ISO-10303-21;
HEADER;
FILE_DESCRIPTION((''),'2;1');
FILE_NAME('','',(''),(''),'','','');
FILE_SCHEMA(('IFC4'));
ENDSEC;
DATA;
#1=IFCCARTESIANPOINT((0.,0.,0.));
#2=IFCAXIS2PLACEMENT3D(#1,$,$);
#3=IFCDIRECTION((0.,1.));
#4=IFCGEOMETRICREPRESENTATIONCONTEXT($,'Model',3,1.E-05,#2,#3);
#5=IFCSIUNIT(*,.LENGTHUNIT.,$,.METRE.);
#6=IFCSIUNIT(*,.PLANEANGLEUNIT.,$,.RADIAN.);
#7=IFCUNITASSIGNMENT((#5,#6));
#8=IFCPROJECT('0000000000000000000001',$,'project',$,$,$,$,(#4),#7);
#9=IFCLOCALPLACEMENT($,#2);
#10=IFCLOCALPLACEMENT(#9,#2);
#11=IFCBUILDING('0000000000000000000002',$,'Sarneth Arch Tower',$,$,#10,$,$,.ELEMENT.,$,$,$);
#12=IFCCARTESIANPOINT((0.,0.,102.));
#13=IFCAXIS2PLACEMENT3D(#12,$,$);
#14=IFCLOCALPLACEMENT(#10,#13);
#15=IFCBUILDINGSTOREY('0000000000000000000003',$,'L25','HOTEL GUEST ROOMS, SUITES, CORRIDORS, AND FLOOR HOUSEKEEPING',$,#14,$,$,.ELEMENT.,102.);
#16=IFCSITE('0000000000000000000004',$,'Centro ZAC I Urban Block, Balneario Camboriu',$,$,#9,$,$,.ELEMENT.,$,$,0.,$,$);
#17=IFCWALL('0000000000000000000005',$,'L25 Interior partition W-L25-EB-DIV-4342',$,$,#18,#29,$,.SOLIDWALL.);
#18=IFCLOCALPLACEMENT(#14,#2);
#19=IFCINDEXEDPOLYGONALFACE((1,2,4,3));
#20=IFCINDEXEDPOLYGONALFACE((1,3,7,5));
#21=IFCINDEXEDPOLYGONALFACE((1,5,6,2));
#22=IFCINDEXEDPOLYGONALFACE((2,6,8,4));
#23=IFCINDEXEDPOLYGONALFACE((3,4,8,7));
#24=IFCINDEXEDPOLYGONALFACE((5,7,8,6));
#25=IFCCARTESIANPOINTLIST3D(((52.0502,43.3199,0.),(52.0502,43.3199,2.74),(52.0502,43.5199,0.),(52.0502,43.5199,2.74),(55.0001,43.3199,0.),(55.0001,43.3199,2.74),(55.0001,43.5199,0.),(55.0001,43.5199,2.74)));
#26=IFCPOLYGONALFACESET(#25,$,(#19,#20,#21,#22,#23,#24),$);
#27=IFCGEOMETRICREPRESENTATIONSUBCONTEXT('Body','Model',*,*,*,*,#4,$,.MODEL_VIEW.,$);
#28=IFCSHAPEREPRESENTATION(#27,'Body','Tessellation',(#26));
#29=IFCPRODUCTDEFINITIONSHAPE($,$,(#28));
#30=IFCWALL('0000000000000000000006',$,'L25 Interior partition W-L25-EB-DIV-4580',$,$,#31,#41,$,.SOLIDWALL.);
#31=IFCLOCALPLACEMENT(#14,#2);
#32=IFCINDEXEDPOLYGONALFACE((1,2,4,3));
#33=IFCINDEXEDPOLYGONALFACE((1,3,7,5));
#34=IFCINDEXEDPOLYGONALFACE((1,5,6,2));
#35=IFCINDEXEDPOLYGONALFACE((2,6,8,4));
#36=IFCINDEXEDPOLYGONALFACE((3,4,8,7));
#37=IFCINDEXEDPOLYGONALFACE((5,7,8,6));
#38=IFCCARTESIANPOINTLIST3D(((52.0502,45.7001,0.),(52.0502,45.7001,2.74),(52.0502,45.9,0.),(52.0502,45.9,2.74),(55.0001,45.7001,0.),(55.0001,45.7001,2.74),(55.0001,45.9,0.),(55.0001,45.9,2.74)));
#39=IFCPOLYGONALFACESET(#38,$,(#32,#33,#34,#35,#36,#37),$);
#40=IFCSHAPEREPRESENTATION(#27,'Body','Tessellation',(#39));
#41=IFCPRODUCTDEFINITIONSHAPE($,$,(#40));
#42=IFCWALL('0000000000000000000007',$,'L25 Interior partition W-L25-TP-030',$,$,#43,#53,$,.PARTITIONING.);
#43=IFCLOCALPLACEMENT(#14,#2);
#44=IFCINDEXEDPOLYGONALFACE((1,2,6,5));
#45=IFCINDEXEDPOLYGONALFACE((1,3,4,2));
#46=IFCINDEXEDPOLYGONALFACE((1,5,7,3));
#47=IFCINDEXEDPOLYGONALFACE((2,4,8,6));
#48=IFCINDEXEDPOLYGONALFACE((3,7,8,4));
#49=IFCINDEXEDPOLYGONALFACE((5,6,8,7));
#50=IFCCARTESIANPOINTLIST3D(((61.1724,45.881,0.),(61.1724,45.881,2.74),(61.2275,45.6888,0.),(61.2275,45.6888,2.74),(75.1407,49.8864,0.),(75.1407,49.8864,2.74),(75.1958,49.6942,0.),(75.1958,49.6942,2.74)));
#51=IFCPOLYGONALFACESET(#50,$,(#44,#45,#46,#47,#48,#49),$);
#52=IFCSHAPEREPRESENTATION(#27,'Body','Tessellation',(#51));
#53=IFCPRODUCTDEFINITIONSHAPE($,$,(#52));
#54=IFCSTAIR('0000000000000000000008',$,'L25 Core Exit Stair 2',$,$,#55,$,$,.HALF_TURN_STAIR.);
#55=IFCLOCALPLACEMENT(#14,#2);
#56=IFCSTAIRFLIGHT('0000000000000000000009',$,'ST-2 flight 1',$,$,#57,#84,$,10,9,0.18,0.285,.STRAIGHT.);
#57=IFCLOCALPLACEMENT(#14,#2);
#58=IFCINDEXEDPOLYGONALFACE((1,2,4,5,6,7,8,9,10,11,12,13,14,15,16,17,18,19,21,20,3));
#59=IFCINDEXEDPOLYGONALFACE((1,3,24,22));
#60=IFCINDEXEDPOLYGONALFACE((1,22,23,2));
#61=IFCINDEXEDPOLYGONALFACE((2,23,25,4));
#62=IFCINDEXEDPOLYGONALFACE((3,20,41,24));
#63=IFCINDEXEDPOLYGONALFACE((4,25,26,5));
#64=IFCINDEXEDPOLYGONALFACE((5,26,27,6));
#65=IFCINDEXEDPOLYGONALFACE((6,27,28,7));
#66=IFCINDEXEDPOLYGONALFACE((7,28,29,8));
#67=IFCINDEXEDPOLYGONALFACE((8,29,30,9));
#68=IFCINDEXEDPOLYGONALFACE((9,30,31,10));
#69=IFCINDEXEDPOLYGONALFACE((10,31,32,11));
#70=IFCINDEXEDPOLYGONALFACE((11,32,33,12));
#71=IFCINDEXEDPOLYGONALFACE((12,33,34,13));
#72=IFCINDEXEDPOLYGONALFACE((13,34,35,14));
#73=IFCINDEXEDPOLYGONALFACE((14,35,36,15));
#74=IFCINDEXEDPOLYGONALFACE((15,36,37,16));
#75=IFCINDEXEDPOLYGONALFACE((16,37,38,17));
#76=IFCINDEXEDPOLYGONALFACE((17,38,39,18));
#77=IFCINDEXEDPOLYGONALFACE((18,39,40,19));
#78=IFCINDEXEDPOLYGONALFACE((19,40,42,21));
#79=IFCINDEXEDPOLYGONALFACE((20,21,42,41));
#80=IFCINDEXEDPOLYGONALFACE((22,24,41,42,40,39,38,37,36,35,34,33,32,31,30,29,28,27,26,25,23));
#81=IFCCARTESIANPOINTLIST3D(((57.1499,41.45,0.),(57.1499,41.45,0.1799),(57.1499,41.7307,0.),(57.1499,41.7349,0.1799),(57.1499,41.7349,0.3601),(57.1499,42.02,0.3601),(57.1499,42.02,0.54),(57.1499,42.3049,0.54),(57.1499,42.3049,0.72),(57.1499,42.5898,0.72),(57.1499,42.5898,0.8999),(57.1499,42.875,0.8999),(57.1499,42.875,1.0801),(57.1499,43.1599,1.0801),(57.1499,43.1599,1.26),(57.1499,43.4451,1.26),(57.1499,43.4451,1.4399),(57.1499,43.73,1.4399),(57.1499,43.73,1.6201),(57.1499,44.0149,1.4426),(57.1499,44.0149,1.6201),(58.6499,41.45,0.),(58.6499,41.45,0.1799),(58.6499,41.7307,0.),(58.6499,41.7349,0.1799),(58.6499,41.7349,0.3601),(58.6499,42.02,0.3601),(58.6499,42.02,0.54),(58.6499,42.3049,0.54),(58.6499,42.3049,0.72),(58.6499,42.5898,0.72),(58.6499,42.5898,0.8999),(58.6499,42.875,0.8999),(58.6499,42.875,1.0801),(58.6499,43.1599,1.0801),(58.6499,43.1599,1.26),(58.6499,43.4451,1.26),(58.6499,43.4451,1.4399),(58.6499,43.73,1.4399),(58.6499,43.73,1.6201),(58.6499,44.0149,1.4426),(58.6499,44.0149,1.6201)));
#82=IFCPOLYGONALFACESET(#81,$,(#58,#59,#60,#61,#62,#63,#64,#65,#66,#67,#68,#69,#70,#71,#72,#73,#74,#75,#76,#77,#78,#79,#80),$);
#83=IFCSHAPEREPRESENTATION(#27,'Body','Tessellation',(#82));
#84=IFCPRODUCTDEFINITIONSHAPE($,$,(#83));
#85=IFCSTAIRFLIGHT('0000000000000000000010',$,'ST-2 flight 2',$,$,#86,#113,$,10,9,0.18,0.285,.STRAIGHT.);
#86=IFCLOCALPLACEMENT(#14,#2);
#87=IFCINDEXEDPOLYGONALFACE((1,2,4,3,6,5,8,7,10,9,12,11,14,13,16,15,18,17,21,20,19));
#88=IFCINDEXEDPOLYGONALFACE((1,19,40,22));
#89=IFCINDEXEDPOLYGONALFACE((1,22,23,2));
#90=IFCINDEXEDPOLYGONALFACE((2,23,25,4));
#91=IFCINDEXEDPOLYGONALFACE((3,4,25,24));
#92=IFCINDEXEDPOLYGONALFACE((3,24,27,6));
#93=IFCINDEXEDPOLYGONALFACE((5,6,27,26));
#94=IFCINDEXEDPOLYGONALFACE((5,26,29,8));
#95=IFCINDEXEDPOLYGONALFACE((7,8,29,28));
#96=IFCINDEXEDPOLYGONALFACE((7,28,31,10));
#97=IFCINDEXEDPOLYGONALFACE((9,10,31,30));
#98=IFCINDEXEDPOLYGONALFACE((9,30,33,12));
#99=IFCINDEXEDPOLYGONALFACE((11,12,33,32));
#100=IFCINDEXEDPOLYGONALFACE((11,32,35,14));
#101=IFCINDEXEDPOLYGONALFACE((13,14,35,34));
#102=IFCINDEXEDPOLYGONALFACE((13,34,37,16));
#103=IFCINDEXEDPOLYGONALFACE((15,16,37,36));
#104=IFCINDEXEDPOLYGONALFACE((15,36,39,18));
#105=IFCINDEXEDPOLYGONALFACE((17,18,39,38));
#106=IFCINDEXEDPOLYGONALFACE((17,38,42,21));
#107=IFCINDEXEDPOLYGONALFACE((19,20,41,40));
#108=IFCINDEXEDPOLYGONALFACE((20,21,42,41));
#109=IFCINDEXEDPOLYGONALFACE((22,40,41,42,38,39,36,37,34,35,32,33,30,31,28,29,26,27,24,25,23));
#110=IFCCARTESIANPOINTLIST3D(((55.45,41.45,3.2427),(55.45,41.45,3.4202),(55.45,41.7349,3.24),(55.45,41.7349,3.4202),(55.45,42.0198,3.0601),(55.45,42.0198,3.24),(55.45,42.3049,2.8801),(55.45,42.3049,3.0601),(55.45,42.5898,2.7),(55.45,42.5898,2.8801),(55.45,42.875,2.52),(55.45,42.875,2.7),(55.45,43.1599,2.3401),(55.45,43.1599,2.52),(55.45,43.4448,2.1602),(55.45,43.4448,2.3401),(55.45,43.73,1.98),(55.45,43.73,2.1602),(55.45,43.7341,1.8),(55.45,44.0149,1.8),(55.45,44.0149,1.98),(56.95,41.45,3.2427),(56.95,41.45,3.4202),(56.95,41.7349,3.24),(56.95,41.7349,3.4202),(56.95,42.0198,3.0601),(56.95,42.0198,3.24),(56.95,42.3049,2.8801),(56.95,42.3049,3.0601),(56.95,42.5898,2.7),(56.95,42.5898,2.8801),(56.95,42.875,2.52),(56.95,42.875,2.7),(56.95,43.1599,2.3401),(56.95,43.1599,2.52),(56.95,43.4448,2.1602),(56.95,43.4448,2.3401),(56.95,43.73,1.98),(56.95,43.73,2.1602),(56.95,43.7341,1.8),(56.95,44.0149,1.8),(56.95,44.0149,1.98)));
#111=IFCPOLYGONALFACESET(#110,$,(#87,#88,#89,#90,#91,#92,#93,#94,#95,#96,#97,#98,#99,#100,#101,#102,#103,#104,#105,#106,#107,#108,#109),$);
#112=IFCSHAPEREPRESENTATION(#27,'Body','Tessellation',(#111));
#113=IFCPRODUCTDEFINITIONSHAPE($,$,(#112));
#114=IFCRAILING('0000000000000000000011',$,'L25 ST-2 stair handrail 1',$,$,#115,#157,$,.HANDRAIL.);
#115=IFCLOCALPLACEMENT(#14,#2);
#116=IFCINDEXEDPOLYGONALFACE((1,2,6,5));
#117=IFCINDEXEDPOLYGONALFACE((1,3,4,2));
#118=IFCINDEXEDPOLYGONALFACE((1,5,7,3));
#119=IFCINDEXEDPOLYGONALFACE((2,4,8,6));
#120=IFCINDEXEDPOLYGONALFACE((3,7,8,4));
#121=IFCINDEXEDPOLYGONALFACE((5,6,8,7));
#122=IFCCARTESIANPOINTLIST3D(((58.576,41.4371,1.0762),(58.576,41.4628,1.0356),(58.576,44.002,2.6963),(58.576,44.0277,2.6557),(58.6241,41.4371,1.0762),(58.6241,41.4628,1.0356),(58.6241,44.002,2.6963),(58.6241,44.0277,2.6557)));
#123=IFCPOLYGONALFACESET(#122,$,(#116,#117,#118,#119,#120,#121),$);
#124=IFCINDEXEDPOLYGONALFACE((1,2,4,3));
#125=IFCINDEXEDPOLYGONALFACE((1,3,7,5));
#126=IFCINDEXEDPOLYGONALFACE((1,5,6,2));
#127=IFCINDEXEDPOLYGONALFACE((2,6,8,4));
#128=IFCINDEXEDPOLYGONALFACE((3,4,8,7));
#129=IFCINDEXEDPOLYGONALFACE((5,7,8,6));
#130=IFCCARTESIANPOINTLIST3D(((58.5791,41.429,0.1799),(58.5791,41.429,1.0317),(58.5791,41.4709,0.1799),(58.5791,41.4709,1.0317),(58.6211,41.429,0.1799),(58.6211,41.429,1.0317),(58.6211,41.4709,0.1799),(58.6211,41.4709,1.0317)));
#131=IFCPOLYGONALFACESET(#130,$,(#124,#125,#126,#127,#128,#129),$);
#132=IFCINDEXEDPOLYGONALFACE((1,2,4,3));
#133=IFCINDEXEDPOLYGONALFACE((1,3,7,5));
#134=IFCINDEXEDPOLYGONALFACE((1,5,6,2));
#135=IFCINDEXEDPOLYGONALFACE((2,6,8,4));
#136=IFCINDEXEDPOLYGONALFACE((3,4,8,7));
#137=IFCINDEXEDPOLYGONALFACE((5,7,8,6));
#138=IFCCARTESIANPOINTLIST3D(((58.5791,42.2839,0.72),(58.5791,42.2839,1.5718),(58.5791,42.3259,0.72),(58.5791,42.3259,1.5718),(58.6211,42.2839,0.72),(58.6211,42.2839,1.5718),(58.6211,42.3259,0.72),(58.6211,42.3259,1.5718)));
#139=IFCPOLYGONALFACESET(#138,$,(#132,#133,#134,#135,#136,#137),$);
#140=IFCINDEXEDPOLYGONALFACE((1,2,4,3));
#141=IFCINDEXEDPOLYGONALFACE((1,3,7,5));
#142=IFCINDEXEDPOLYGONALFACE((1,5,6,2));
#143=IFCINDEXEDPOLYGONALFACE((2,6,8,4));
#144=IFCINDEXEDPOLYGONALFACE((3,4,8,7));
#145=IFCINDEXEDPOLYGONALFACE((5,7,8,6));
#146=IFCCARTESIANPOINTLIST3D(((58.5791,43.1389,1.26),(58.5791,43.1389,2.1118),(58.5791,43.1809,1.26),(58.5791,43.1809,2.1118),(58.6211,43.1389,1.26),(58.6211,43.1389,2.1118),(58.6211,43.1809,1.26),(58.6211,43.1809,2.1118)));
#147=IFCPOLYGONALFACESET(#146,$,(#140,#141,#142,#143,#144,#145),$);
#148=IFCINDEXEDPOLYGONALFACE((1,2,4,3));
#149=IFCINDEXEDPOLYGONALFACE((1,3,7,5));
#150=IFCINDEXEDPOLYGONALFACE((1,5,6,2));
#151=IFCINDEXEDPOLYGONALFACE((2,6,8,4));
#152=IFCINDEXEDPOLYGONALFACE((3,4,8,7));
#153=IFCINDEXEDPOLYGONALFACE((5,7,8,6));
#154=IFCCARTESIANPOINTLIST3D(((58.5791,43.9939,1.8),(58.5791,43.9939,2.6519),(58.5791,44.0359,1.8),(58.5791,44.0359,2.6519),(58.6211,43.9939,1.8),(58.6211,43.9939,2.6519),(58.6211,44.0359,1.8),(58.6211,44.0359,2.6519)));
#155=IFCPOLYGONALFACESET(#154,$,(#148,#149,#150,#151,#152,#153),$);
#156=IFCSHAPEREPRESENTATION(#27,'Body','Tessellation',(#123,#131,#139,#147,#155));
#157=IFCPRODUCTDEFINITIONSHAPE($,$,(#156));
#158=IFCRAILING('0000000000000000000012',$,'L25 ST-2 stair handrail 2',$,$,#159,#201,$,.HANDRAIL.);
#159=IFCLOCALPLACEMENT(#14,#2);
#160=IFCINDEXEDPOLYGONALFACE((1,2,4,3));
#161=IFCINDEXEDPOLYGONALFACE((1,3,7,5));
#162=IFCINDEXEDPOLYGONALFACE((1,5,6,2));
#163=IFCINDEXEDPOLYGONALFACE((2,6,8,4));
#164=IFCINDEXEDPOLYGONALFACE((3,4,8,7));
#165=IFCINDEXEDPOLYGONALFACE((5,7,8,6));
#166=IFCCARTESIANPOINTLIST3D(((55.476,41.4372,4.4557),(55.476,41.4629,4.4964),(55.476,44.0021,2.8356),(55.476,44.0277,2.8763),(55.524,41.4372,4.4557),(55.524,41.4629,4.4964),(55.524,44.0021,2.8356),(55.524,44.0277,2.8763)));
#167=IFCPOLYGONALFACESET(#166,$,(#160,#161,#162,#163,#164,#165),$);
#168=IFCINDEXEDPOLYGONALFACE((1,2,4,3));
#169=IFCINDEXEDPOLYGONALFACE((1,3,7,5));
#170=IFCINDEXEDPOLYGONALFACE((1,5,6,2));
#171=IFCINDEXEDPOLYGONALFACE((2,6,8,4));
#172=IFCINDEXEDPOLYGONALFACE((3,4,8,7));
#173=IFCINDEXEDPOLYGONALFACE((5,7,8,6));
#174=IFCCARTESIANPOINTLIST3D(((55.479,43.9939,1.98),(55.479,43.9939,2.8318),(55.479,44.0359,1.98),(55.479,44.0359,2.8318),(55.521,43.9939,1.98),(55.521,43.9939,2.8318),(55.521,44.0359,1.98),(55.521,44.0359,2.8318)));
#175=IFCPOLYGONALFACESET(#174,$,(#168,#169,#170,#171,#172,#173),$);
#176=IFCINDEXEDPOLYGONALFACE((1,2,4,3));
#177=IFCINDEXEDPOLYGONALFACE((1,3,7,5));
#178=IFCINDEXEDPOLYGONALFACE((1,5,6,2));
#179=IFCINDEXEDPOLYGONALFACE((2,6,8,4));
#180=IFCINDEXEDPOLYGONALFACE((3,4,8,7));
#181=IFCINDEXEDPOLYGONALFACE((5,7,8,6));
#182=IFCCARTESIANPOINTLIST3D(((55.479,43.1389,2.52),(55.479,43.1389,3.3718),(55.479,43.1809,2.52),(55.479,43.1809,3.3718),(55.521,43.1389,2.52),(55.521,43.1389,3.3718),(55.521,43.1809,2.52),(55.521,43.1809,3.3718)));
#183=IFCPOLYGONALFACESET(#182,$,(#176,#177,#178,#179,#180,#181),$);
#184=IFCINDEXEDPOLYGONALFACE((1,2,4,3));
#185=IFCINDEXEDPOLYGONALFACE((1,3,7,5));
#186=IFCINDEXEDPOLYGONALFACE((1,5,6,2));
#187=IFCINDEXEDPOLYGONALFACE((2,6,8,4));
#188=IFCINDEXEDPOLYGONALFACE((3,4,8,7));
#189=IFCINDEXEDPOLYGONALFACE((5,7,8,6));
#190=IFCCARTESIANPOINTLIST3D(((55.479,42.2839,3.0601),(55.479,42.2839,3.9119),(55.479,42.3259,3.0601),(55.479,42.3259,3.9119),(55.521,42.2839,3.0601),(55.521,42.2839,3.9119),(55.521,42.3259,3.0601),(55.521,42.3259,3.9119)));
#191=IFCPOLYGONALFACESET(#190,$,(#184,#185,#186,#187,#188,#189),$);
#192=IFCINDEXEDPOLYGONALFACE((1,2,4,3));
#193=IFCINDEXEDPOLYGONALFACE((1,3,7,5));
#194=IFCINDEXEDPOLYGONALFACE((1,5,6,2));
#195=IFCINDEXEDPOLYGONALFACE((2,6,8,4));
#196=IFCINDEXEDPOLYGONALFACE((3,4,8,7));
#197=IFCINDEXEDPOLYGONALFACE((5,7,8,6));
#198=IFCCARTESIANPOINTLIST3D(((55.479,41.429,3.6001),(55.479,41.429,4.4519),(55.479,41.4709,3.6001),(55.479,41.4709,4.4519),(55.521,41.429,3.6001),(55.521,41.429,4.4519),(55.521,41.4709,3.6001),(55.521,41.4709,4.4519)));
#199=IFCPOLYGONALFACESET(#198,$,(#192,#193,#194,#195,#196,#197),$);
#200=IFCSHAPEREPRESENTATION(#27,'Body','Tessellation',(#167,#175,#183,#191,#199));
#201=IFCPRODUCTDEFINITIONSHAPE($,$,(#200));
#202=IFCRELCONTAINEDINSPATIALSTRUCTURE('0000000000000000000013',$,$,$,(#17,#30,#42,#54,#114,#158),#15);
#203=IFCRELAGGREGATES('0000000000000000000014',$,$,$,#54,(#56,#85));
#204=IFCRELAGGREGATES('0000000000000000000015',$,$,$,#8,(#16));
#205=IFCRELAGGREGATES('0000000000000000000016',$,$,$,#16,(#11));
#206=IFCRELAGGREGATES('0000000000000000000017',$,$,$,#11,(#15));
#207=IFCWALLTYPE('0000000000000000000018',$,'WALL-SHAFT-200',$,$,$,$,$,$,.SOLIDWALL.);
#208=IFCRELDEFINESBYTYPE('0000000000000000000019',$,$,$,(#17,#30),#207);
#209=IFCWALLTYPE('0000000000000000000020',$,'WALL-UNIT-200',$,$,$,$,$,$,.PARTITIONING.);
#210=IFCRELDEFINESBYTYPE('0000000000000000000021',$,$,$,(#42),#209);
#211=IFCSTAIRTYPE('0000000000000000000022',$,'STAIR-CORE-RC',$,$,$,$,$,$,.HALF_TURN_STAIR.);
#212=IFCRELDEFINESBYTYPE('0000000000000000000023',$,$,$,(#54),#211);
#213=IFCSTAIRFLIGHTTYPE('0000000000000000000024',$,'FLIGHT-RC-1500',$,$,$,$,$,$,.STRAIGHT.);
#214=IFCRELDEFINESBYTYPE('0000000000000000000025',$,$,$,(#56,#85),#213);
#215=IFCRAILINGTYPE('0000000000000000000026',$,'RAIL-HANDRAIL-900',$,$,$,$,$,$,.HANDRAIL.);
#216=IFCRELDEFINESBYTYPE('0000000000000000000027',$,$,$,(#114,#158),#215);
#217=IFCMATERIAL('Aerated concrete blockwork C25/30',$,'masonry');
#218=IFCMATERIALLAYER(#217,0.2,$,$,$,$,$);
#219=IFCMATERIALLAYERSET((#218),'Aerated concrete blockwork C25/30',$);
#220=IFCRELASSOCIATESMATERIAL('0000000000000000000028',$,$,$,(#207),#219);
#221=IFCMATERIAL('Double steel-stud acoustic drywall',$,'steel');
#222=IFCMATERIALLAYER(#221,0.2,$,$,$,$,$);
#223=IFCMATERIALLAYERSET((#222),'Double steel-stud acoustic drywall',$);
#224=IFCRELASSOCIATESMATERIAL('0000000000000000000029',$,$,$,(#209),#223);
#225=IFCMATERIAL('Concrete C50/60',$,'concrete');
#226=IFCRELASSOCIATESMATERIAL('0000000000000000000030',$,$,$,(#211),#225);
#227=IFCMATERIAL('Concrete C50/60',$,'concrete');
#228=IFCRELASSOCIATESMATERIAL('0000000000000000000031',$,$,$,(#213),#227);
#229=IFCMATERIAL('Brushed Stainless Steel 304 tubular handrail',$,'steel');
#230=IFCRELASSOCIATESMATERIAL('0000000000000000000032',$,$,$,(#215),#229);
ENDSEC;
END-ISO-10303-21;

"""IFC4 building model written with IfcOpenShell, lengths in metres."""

from ifc_helpers import new_model, si_unit, direction, frame, frame_2d, origin, origin_2d, place, context, subcontext, project, spatial, polyline, rectangle, outline, extrude, material, layer, layer_set, type_object, element, aggregate, save


model = new_model("IFC4")

# Units and contexts
model_context = context("Model", 3, precision=1e-05, world=origin(), true_north=direction((0.0, 1.0)))
body_context = subcontext(model_context, "Body", "Model", "MODEL_VIEW")
ifc_project = project(units=[si_unit("LENGTHUNIT", "METRE"), si_unit("PLANEANGLEUNIT", "RADIAN")], contexts=[model_context])

# Site, building, storey
site_placement = place(None, origin())
site = spatial("IfcSite", under=ifc_project, at=site_placement, Name="Centro ZAC I Urban Block, Balneario Camboriu", CompositionType="ELEMENT", RefElevation=0.0)
building_placement = place(site_placement, origin())
building = spatial("IfcBuilding", under=site, at=building_placement, Name="Sarneth Arch Tower", CompositionType="ELEMENT")
storey_placement = place(building_placement, frame((0.0, 0.0, 102.0)))
storey = spatial("IfcBuildingStorey", under=building, at=storey_placement, Name="L25", Description="HOTEL GUEST ROOMS, SUITES, CORRIDORS, AND FLOOR HOUSEKEEPING", CompositionType="ELEMENT", Elevation=102.0)

# Walls
ifc_material_1 = material(Name="Aerated concrete blockwork C25/30", Category="masonry")
ifc_layer_1 = layer(ifc_material_1, 0.2)
ifc_layer_set_1 = layer_set([ifc_layer_1], Name="Aerated concrete blockwork C25/30")
wall_type_1 = type_object("IfcWallType", Name="WALL-SHAFT-200", PredefinedType="SOLIDWALL", material=ifc_layer_set_1)
for number, where, z_axis, x_axis, name in (
    (1, (52.05, 43.4199, 0.0), (0.0, 0.0, 1.0), (1.0, 0.0, 0.0), "L25 Interior partition W-L25-EB-DIV-4342"),
    (2, (52.05, 45.8, 0.0), (0.0, 0.0, 1.0), (1.0, 0.0, 0.0), "L25 Interior partition W-L25-EB-DIV-4580"),
):
    element("IfcWall", number, at=place(storey_placement, frame(where, z_axis=z_axis, x_axis=x_axis)), inside=storey, type_object=wall_type_1, Name=name, PredefinedType="SOLIDWALL", context=body_context, shape_type="SweptSolid", body=[
        extrude(rectangle(XDim=2.95, YDim=0.2, at=frame_2d((1.4751, 0.0))), origin(), (0.0, 0.0, 1.0), 2.74),
    ])
ifc_material_2 = material(Name="Double steel-stud acoustic drywall", Category="steel")
ifc_layer_2 = layer(ifc_material_2, 0.2)
ifc_layer_set_2 = layer_set([ifc_layer_2], Name="Double steel-stud acoustic drywall")
wall_type_2 = type_object("IfcWallType", Name="WALL-UNIT-200", PredefinedType="PARTITIONING", material=ifc_layer_set_2)
wall_1_placement = place(storey_placement, frame((61.2, 45.7849, 0.0), z_axis=(0.0, 0.0, 1.0), x_axis=(0.961261, 0.27564, 0.0)))
element("IfcWall", 3, at=wall_1_placement, inside=storey, type_object=wall_type_2, Name="L25 Interior partition W-L25-TP-030", PredefinedType="PARTITIONING", context=body_context, shape_type="SweptSolid", body=[
    extrude(rectangle(XDim=14.5312, YDim=0.2, at=frame_2d((7.2656, 0.0))), origin(), (0.0, 0.0, 1.0), 2.74),
])

# Stair, stair flights
ifc_material_3 = material(Name="Concrete C50/60", Category="concrete")
stair_type = type_object("IfcStairType", Name="STAIR-CORE-RC", PredefinedType="HALF_TURN_STAIR", material=ifc_material_3)
stair_placement = place(storey_placement, origin())
stair = element("IfcStair", 4, at=stair_placement, inside=storey, type_object=stair_type, Name="L25 Core Exit Stair 2", PredefinedType="HALF_TURN_STAIR")
ifc_material_4 = material(Name="Concrete C50/60", Category="concrete")
stair_flight_type = type_object("IfcStairFlightType", Name="FLIGHT-RC-1500", PredefinedType="STRAIGHT", material=ifc_material_4)
stair_flight_1_placement = place(storey_placement, frame((57.8999, 41.45, 0.0), z_axis=(0.0, 0.0, 1.0), x_axis=(0.0, 1.0, 0.0)))
stair_flight_1 = element("IfcStairFlight", 5, at=stair_flight_1_placement, type_object=stair_flight_type, Name="ST-2 flight 1", NumberOfRisers=10, NumberOfTreads=9, PredefinedType="STRAIGHT", RiserHeight=0.18, TreadLength=0.285, context=body_context, shape_type="SweptSolid", body=[
    extrude(outline(polyline([(0.0, 0.0), (0.0, 0.1799), (0.2849, 0.1799), (0.2849, 0.3601), (0.5701, 0.3601), (0.5701, 0.54), (0.855, 0.54), (0.855, 0.72), (1.1399, 0.72), (1.1399, 0.8999), (1.425, 0.8999), (1.425, 1.0801), (1.71, 1.0801), (1.71, 1.26), (1.9951, 1.26), (1.9951, 1.4399), (2.28, 1.4399), (2.28, 1.6201), (2.5649, 1.6201), (2.5649, 1.8), (2.5649, 1.4426), (0.2808, 0.0), (0.0, 0.0)])), frame((0.0, 0.75, 0.0), z_axis=(0.0, -1.0, 0.0), x_axis=(1.0, 0.0, 0.0)), (0.0, 0.0, 1.0), 1.5),
])
stair_flight_2_placement = place(storey_placement, frame((56.2, 44.0149, 1.8), z_axis=(0.0, 0.0, 1.0), x_axis=(0.0, -1.0, 0.0)))
stair_flight_2 = element("IfcStairFlight", 6, at=stair_flight_2_placement, type_object=stair_flight_type, Name="ST-2 flight 2", NumberOfRisers=10, NumberOfTreads=9, PredefinedType="STRAIGHT", RiserHeight=0.18, TreadLength=0.285, context=body_context, shape_type="SweptSolid", body=[
    extrude(outline(polyline([(0.0, 0.0), (0.0, 0.1799), (0.2849, 0.1799), (0.2849, 0.3601), (0.5701, 0.3601), (0.5701, 0.54), (0.855, 0.54), (0.855, 0.72), (1.1399, 0.72), (1.1399, 0.8999), (1.425, 0.8999), (1.425, 1.0801), (1.71, 1.0801), (1.71, 1.26), (1.9951, 1.26), (1.9951, 1.4399), (2.28, 1.4399), (2.28, 1.6201), (2.5649, 1.6201), (2.5649, 1.8), (2.5649, 1.4426), (0.2808, 0.0), (0.0, 0.0)])), frame((0.0, 0.75, 0.0), z_axis=(0.0, -1.0, 0.0), x_axis=(1.0, 0.0, 0.0)), (0.0, 0.0, 1.0), 1.5),
])
aggregate(stair, [stair_flight_1, stair_flight_2])

# Railings
ifc_material_5 = material(Name="Brushed Stainless Steel 304 tubular handrail", Category="steel")
railing_type_1 = type_object("IfcRailingType", Name="RAIL-HANDRAIL-900", PredefinedType="HANDRAIL", material=ifc_material_5)
railing_1_placement = place(storey_placement, frame((58.6001, 41.45, 0.1799)))
element("IfcRailing", 7, at=railing_1_placement, inside=storey, type_object=railing_type_1, Name="L25 ST-2 stair handrail 1", PredefinedType="HANDRAIL", context=body_context, shape_type="SweptSolid", body=[
    extrude(rectangle(XDim=0.0481, YDim=0.0481, at=origin_2d()), frame((0.0, 0.0, 0.876), z_axis=(0.0, 0.845466, 0.534029), x_axis=(-1.0, 0.0, 0.0)), (0.0, 0.0, 1.0), 3.0337),
    extrude(rectangle(XDim=0.042, YDim=0.042, at=origin_2d()), origin(), (0.0, 0.0, 1.0), 0.8518),
    extrude(rectangle(XDim=0.042, YDim=0.042, at=origin_2d()), frame((0.0, 0.855, 0.54)), (0.0, 0.0, 1.0), 0.8518),
    extrude(rectangle(XDim=0.042, YDim=0.042, at=origin_2d()), frame((0.0, 1.71, 1.0801)), (0.0, 0.0, 1.0), 0.8518),
    extrude(rectangle(XDim=0.042, YDim=0.042, at=origin_2d()), frame((0.0, 2.5649, 1.6201)), (0.0, 0.0, 1.0), 0.8518),
])
railing_2_placement = place(storey_placement, frame((55.5, 44.0149, 1.98)))
element("IfcRailing", 8, at=railing_2_placement, inside=storey, type_object=railing_type_1, Name="L25 ST-2 stair handrail 2", PredefinedType="HANDRAIL", context=body_context, shape_type="SweptSolid", body=[
    extrude(rectangle(XDim=0.0481, YDim=0.0481, at=origin_2d()), frame((0.0, 0.0, 0.876), z_axis=(0.0, -0.845466, 0.534029), x_axis=(1.0, 0.0, 0.0)), (0.0, 0.0, 1.0), 3.0337),
    extrude(rectangle(XDim=0.042, YDim=0.042, at=origin_2d()), origin(), (0.0, 0.0, 1.0), 0.8518),
    extrude(rectangle(XDim=0.042, YDim=0.042, at=origin_2d()), frame((0.0, -0.855, 0.54)), (0.0, 0.0, 1.0), 0.8518),
    extrude(rectangle(XDim=0.042, YDim=0.042, at=origin_2d()), frame((0.0, -1.71, 1.0801)), (0.0, 0.0, 1.0), 0.8518),
    extrude(rectangle(XDim=0.042, YDim=0.042, at=origin_2d()), frame((0.0, -2.5649, 1.6201)), (0.0, 0.0, 1.0), 0.8518),
])

save(model, "model.ifc")
